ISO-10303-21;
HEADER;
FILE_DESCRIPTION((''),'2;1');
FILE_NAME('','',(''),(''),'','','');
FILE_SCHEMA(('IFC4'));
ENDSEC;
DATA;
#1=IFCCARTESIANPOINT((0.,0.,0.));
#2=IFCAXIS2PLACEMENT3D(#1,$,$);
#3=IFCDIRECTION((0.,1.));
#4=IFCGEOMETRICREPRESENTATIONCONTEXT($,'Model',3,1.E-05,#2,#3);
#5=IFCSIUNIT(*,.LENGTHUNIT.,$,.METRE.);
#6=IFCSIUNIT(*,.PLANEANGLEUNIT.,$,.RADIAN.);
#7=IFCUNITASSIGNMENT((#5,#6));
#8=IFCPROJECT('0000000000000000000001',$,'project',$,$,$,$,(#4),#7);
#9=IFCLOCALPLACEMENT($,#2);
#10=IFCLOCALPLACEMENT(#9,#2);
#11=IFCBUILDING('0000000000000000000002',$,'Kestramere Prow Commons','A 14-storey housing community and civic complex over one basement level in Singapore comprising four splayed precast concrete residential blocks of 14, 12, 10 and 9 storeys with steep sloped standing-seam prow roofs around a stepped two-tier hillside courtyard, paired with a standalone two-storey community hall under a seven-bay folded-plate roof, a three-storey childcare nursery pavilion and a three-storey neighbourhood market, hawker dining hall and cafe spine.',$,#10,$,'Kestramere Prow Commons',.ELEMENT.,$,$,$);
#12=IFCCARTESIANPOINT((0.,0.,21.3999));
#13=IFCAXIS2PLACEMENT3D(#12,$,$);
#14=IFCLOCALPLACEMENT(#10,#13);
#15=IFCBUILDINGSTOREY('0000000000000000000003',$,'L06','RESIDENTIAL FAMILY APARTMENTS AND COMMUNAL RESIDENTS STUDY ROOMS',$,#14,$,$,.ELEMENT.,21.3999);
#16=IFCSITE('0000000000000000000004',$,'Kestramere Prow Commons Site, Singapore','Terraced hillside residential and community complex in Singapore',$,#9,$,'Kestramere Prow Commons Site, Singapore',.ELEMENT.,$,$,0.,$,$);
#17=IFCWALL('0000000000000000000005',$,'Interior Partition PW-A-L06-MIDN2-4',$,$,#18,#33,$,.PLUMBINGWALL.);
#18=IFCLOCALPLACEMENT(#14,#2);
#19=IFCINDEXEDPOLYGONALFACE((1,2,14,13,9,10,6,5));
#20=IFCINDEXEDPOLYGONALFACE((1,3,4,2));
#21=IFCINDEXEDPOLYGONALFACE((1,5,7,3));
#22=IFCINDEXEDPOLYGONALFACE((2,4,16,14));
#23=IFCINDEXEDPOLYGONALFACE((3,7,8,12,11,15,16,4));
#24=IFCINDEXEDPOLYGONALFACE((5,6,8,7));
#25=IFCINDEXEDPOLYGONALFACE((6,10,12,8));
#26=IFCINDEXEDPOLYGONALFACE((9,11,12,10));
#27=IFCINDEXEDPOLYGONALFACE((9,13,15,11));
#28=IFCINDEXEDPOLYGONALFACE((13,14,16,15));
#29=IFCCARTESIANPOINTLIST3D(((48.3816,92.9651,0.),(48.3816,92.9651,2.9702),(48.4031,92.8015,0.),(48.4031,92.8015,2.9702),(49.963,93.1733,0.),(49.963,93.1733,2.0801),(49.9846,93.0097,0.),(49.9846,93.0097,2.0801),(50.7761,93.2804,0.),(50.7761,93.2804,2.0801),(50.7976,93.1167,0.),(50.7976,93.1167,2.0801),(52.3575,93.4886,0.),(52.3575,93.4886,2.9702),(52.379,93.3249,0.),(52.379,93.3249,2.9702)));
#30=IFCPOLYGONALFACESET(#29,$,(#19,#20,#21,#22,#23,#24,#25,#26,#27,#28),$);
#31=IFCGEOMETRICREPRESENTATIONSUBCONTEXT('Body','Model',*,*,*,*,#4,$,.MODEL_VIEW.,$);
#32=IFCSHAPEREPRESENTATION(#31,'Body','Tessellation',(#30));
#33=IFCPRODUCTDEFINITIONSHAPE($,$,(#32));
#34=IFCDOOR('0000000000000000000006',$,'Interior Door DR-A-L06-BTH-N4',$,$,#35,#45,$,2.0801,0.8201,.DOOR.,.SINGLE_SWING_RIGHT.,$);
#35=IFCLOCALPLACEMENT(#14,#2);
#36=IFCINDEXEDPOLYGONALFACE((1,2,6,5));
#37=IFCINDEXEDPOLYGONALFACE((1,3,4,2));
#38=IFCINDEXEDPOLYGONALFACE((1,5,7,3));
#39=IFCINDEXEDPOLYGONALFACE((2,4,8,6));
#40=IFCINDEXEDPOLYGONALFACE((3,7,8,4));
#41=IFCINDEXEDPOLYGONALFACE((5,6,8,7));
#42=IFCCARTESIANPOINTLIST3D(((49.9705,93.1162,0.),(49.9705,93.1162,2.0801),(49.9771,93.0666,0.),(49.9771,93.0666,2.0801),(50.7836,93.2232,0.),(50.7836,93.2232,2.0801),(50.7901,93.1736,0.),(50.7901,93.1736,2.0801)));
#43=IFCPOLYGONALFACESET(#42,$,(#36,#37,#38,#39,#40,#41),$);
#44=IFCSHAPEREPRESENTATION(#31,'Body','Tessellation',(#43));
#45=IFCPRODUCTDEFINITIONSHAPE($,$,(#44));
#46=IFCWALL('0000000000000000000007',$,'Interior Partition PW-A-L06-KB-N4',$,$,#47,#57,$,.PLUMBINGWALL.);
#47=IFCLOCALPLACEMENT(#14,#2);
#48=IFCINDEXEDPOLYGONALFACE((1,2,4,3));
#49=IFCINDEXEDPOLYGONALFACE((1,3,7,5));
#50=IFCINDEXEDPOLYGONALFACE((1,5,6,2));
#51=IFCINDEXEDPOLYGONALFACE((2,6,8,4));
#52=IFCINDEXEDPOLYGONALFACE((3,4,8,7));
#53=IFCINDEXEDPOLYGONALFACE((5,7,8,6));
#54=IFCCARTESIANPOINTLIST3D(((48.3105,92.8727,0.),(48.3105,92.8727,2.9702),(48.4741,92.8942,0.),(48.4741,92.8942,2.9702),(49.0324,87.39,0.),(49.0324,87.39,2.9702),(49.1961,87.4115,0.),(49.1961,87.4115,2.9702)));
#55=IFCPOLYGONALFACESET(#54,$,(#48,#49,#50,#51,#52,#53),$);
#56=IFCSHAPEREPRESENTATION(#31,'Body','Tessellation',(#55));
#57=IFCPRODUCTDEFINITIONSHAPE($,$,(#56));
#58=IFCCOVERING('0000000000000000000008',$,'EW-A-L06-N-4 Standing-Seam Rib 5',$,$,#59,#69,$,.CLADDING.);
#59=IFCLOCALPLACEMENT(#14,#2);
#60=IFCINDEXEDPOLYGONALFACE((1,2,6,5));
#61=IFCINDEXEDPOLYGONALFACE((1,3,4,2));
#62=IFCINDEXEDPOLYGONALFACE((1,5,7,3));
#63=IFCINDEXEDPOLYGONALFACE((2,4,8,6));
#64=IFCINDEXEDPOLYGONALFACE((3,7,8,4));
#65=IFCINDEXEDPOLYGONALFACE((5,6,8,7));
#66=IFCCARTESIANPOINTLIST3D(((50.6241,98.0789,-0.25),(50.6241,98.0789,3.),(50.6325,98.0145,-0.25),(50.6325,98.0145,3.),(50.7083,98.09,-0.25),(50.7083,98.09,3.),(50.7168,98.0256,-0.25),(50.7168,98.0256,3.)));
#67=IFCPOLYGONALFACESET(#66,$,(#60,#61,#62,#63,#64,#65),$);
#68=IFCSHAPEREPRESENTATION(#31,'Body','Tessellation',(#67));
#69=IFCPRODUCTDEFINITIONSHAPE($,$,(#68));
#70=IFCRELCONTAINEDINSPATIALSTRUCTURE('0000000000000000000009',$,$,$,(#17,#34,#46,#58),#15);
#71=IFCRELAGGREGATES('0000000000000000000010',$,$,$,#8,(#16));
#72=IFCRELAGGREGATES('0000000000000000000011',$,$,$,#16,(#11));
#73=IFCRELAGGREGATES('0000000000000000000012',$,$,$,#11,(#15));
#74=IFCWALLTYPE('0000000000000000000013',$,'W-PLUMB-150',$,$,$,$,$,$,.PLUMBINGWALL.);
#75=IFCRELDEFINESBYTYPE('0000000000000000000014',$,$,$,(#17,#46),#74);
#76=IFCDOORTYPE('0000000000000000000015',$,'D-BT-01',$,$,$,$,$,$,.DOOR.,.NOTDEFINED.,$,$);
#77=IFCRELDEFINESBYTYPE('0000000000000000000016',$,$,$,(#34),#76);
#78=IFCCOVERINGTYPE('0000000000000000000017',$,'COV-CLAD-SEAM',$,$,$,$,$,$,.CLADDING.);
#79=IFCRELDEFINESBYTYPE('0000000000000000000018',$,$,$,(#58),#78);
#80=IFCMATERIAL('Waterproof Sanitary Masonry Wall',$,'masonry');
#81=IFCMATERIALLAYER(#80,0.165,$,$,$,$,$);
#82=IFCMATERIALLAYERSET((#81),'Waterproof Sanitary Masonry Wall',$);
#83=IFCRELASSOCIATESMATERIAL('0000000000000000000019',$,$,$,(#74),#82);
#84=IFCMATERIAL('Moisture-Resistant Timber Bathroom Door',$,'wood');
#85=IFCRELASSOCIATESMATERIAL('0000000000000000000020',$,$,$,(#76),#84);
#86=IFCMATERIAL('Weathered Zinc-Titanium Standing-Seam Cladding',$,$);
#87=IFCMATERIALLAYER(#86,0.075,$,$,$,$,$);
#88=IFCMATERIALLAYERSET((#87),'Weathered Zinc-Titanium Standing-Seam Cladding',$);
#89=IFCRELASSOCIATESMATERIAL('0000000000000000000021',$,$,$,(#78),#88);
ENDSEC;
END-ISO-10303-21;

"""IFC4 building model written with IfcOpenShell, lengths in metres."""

from ifc_helpers import new_model, si_unit, direction, frame, frame_2d, origin, origin_2d, place, context, subcontext, project, spatial, rectangle, extrude, material, layer, layer_set, type_object, element, fill, save


model = new_model("IFC4")

# Units and contexts
model_context = context("Model", 3, precision=1e-05, world=origin(), true_north=direction((0.0, 1.0)))
body_context = subcontext(model_context, "Body", "Model", "MODEL_VIEW")
ifc_project = project(units=[si_unit("LENGTHUNIT", "METRE"), si_unit("PLANEANGLEUNIT", "RADIAN")], contexts=[model_context])

# Site, building, storey
site_placement = place(None, origin())
site = spatial("IfcSite", under=ifc_project, at=site_placement, Name="Kestramere Prow Commons Site, Singapore", Description="Terraced hillside residential and community complex in Singapore", LongName="Kestramere Prow Commons Site, Singapore", CompositionType="ELEMENT", RefElevation=0.0)
building_placement = place(site_placement, origin())
building = spatial("IfcBuilding", under=site, at=building_placement, Name="Kestramere Prow Commons", Description="A 14-storey housing community and civic complex over one basement level in Singapore comprising four splayed precast concrete residential blocks of 14, 12, 10 and 9 storeys with steep sloped standing-seam prow roofs around a stepped two-tier hillside courtyard, paired with a standalone two-storey community hall under a seven-bay folded-plate roof, a three-storey childcare nursery pavilion and a three-storey neighbourhood market, hawker dining hall and cafe spine.", LongName="Kestramere Prow Commons", CompositionType="ELEMENT")
storey_placement = place(building_placement, frame((0.0, 0.0, 21.3999)))
storey = spatial("IfcBuildingStorey", under=building, at=storey_placement, Name="L06", Description="RESIDENTIAL FAMILY APARTMENTS AND COMMUNAL RESIDENTS STUDY ROOMS", CompositionType="ELEMENT", Elevation=21.3999)

# Wall, opening, door
ifc_material_1 = material(Name="Waterproof Sanitary Masonry Wall", Category="masonry")
ifc_layer_1 = layer(ifc_material_1, 0.165)
ifc_layer_set_1 = layer_set([ifc_layer_1], Name="Waterproof Sanitary Masonry Wall")
wall_type_1 = type_object("IfcWallType", Name="W-PLUMB-150", PredefinedType="PLUMBINGWALL", material=ifc_layer_set_1)
wall_1_placement = place(storey_placement, frame((48.3923, 92.8833, 0.0), z_axis=(0.0, 0.0, 1.0), x_axis=(0.991445, 0.130529, 0.0)))
wall_1 = element("IfcWall", 1, at=wall_1_placement, inside=storey, type_object=wall_type_1, Name="Interior Partition PW-A-L06-MIDN2-4", PredefinedType="PLUMBINGWALL", context=body_context, shape_type="SweptSolid", body=[
    extrude(rectangle(XDim=4.0103, YDim=0.165, at=frame_2d((2.0051, 0.0))), origin(), (0.0, 0.0, 1.0), 2.9702),
])
opening_1_placement = place(wall_1_placement, frame((1.595, 0.0, 0.0)))
opening_1 = element("IfcOpeningElement", 2, at=opening_1_placement, cuts=wall_1, PredefinedType="OPENING", context=body_context, shape_type="SweptSolid", body=[
    extrude(rectangle(XDim=0.8201, YDim=2.0801, at=frame_2d((0.4102, 1.04))), frame((0.0, 0.0974, 0.0), z_axis=(0.0, -1.0, 0.0), x_axis=(1.0, 0.0, 0.0)), (0.0, 0.0, 1.0), 0.1951),
])
ifc_material_2 = material(Name="Moisture-Resistant Timber Bathroom Door", Category="wood")
door_type_1 = type_object("IfcDoorType", Name="D-BT-01", OperationType="NOTDEFINED", PredefinedType="DOOR", material=ifc_material_2)
door_1_placement = place(opening_1_placement, origin())
door_1 = element("IfcDoor", 3, at=door_1_placement, inside=storey, type_object=door_type_1, Name="Interior Door DR-A-L06-BTH-N4", OperationType="SINGLE_SWING_RIGHT", OverallHeight=2.0801, OverallWidth=0.8201, PredefinedType="DOOR", context=body_context, shape_type="SweptSolid", body=[
    extrude(rectangle(XDim=0.8201, YDim=2.0801, at=frame_2d((0.4102, 1.04))), frame((0.0, 0.0249, 0.0), z_axis=(0.0, -1.0, 0.0), x_axis=(1.0, 0.0, 0.0)), (0.0, 0.0, 1.0), 0.05),
])
fill(opening_1, door_1)

# Wall
wall_2_placement = place(storey_placement, frame((49.1143, 87.4006, 0.0), z_axis=(0.0, 0.0, 1.0), x_axis=(-0.130547, 0.991442, 0.0)))
element("IfcWall", 4, at=wall_2_placement, inside=storey, type_object=wall_type_1, Name="Interior Partition PW-A-L06-KB-N4", PredefinedType="PLUMBINGWALL", context=body_context, shape_type="SweptSolid", body=[
    extrude(rectangle(XDim=5.53, YDim=0.165, at=frame_2d((2.7651, 0.0))), origin(), (0.0, 0.0, 1.0), 2.9702),
])

# Covering
ifc_material_3 = material(Name="Weathered Zinc-Titanium Standing-Seam Cladding")
ifc_layer_2 = layer(ifc_material_3, 0.075)
ifc_layer_set_2 = layer_set([ifc_layer_2], Name="Weathered Zinc-Titanium Standing-Seam Cladding")
covering_type = type_object("IfcCoveringType", Name="COV-CLAD-SEAM", PredefinedType="CLADDING", material=ifc_layer_set_2)
covering_placement = place(storey_placement, frame((50.6704, 98.0522, -0.25), z_axis=(0.0, 0.0, 1.0), x_axis=(0.991445, 0.130526, 0.0)))
element("IfcCovering", 5, at=covering_placement, inside=storey, type_object=covering_type, Name="EW-A-L06-N-4 Standing-Seam Rib 5", PredefinedType="CLADDING", context=body_context, shape_type="SweptSolid", body=[
    extrude(rectangle(XDim=0.085, YDim=0.0649, at=origin_2d()), origin(), (0.0, 0.0, 1.0), 3.25),
])

save(model, "model.ifc")
